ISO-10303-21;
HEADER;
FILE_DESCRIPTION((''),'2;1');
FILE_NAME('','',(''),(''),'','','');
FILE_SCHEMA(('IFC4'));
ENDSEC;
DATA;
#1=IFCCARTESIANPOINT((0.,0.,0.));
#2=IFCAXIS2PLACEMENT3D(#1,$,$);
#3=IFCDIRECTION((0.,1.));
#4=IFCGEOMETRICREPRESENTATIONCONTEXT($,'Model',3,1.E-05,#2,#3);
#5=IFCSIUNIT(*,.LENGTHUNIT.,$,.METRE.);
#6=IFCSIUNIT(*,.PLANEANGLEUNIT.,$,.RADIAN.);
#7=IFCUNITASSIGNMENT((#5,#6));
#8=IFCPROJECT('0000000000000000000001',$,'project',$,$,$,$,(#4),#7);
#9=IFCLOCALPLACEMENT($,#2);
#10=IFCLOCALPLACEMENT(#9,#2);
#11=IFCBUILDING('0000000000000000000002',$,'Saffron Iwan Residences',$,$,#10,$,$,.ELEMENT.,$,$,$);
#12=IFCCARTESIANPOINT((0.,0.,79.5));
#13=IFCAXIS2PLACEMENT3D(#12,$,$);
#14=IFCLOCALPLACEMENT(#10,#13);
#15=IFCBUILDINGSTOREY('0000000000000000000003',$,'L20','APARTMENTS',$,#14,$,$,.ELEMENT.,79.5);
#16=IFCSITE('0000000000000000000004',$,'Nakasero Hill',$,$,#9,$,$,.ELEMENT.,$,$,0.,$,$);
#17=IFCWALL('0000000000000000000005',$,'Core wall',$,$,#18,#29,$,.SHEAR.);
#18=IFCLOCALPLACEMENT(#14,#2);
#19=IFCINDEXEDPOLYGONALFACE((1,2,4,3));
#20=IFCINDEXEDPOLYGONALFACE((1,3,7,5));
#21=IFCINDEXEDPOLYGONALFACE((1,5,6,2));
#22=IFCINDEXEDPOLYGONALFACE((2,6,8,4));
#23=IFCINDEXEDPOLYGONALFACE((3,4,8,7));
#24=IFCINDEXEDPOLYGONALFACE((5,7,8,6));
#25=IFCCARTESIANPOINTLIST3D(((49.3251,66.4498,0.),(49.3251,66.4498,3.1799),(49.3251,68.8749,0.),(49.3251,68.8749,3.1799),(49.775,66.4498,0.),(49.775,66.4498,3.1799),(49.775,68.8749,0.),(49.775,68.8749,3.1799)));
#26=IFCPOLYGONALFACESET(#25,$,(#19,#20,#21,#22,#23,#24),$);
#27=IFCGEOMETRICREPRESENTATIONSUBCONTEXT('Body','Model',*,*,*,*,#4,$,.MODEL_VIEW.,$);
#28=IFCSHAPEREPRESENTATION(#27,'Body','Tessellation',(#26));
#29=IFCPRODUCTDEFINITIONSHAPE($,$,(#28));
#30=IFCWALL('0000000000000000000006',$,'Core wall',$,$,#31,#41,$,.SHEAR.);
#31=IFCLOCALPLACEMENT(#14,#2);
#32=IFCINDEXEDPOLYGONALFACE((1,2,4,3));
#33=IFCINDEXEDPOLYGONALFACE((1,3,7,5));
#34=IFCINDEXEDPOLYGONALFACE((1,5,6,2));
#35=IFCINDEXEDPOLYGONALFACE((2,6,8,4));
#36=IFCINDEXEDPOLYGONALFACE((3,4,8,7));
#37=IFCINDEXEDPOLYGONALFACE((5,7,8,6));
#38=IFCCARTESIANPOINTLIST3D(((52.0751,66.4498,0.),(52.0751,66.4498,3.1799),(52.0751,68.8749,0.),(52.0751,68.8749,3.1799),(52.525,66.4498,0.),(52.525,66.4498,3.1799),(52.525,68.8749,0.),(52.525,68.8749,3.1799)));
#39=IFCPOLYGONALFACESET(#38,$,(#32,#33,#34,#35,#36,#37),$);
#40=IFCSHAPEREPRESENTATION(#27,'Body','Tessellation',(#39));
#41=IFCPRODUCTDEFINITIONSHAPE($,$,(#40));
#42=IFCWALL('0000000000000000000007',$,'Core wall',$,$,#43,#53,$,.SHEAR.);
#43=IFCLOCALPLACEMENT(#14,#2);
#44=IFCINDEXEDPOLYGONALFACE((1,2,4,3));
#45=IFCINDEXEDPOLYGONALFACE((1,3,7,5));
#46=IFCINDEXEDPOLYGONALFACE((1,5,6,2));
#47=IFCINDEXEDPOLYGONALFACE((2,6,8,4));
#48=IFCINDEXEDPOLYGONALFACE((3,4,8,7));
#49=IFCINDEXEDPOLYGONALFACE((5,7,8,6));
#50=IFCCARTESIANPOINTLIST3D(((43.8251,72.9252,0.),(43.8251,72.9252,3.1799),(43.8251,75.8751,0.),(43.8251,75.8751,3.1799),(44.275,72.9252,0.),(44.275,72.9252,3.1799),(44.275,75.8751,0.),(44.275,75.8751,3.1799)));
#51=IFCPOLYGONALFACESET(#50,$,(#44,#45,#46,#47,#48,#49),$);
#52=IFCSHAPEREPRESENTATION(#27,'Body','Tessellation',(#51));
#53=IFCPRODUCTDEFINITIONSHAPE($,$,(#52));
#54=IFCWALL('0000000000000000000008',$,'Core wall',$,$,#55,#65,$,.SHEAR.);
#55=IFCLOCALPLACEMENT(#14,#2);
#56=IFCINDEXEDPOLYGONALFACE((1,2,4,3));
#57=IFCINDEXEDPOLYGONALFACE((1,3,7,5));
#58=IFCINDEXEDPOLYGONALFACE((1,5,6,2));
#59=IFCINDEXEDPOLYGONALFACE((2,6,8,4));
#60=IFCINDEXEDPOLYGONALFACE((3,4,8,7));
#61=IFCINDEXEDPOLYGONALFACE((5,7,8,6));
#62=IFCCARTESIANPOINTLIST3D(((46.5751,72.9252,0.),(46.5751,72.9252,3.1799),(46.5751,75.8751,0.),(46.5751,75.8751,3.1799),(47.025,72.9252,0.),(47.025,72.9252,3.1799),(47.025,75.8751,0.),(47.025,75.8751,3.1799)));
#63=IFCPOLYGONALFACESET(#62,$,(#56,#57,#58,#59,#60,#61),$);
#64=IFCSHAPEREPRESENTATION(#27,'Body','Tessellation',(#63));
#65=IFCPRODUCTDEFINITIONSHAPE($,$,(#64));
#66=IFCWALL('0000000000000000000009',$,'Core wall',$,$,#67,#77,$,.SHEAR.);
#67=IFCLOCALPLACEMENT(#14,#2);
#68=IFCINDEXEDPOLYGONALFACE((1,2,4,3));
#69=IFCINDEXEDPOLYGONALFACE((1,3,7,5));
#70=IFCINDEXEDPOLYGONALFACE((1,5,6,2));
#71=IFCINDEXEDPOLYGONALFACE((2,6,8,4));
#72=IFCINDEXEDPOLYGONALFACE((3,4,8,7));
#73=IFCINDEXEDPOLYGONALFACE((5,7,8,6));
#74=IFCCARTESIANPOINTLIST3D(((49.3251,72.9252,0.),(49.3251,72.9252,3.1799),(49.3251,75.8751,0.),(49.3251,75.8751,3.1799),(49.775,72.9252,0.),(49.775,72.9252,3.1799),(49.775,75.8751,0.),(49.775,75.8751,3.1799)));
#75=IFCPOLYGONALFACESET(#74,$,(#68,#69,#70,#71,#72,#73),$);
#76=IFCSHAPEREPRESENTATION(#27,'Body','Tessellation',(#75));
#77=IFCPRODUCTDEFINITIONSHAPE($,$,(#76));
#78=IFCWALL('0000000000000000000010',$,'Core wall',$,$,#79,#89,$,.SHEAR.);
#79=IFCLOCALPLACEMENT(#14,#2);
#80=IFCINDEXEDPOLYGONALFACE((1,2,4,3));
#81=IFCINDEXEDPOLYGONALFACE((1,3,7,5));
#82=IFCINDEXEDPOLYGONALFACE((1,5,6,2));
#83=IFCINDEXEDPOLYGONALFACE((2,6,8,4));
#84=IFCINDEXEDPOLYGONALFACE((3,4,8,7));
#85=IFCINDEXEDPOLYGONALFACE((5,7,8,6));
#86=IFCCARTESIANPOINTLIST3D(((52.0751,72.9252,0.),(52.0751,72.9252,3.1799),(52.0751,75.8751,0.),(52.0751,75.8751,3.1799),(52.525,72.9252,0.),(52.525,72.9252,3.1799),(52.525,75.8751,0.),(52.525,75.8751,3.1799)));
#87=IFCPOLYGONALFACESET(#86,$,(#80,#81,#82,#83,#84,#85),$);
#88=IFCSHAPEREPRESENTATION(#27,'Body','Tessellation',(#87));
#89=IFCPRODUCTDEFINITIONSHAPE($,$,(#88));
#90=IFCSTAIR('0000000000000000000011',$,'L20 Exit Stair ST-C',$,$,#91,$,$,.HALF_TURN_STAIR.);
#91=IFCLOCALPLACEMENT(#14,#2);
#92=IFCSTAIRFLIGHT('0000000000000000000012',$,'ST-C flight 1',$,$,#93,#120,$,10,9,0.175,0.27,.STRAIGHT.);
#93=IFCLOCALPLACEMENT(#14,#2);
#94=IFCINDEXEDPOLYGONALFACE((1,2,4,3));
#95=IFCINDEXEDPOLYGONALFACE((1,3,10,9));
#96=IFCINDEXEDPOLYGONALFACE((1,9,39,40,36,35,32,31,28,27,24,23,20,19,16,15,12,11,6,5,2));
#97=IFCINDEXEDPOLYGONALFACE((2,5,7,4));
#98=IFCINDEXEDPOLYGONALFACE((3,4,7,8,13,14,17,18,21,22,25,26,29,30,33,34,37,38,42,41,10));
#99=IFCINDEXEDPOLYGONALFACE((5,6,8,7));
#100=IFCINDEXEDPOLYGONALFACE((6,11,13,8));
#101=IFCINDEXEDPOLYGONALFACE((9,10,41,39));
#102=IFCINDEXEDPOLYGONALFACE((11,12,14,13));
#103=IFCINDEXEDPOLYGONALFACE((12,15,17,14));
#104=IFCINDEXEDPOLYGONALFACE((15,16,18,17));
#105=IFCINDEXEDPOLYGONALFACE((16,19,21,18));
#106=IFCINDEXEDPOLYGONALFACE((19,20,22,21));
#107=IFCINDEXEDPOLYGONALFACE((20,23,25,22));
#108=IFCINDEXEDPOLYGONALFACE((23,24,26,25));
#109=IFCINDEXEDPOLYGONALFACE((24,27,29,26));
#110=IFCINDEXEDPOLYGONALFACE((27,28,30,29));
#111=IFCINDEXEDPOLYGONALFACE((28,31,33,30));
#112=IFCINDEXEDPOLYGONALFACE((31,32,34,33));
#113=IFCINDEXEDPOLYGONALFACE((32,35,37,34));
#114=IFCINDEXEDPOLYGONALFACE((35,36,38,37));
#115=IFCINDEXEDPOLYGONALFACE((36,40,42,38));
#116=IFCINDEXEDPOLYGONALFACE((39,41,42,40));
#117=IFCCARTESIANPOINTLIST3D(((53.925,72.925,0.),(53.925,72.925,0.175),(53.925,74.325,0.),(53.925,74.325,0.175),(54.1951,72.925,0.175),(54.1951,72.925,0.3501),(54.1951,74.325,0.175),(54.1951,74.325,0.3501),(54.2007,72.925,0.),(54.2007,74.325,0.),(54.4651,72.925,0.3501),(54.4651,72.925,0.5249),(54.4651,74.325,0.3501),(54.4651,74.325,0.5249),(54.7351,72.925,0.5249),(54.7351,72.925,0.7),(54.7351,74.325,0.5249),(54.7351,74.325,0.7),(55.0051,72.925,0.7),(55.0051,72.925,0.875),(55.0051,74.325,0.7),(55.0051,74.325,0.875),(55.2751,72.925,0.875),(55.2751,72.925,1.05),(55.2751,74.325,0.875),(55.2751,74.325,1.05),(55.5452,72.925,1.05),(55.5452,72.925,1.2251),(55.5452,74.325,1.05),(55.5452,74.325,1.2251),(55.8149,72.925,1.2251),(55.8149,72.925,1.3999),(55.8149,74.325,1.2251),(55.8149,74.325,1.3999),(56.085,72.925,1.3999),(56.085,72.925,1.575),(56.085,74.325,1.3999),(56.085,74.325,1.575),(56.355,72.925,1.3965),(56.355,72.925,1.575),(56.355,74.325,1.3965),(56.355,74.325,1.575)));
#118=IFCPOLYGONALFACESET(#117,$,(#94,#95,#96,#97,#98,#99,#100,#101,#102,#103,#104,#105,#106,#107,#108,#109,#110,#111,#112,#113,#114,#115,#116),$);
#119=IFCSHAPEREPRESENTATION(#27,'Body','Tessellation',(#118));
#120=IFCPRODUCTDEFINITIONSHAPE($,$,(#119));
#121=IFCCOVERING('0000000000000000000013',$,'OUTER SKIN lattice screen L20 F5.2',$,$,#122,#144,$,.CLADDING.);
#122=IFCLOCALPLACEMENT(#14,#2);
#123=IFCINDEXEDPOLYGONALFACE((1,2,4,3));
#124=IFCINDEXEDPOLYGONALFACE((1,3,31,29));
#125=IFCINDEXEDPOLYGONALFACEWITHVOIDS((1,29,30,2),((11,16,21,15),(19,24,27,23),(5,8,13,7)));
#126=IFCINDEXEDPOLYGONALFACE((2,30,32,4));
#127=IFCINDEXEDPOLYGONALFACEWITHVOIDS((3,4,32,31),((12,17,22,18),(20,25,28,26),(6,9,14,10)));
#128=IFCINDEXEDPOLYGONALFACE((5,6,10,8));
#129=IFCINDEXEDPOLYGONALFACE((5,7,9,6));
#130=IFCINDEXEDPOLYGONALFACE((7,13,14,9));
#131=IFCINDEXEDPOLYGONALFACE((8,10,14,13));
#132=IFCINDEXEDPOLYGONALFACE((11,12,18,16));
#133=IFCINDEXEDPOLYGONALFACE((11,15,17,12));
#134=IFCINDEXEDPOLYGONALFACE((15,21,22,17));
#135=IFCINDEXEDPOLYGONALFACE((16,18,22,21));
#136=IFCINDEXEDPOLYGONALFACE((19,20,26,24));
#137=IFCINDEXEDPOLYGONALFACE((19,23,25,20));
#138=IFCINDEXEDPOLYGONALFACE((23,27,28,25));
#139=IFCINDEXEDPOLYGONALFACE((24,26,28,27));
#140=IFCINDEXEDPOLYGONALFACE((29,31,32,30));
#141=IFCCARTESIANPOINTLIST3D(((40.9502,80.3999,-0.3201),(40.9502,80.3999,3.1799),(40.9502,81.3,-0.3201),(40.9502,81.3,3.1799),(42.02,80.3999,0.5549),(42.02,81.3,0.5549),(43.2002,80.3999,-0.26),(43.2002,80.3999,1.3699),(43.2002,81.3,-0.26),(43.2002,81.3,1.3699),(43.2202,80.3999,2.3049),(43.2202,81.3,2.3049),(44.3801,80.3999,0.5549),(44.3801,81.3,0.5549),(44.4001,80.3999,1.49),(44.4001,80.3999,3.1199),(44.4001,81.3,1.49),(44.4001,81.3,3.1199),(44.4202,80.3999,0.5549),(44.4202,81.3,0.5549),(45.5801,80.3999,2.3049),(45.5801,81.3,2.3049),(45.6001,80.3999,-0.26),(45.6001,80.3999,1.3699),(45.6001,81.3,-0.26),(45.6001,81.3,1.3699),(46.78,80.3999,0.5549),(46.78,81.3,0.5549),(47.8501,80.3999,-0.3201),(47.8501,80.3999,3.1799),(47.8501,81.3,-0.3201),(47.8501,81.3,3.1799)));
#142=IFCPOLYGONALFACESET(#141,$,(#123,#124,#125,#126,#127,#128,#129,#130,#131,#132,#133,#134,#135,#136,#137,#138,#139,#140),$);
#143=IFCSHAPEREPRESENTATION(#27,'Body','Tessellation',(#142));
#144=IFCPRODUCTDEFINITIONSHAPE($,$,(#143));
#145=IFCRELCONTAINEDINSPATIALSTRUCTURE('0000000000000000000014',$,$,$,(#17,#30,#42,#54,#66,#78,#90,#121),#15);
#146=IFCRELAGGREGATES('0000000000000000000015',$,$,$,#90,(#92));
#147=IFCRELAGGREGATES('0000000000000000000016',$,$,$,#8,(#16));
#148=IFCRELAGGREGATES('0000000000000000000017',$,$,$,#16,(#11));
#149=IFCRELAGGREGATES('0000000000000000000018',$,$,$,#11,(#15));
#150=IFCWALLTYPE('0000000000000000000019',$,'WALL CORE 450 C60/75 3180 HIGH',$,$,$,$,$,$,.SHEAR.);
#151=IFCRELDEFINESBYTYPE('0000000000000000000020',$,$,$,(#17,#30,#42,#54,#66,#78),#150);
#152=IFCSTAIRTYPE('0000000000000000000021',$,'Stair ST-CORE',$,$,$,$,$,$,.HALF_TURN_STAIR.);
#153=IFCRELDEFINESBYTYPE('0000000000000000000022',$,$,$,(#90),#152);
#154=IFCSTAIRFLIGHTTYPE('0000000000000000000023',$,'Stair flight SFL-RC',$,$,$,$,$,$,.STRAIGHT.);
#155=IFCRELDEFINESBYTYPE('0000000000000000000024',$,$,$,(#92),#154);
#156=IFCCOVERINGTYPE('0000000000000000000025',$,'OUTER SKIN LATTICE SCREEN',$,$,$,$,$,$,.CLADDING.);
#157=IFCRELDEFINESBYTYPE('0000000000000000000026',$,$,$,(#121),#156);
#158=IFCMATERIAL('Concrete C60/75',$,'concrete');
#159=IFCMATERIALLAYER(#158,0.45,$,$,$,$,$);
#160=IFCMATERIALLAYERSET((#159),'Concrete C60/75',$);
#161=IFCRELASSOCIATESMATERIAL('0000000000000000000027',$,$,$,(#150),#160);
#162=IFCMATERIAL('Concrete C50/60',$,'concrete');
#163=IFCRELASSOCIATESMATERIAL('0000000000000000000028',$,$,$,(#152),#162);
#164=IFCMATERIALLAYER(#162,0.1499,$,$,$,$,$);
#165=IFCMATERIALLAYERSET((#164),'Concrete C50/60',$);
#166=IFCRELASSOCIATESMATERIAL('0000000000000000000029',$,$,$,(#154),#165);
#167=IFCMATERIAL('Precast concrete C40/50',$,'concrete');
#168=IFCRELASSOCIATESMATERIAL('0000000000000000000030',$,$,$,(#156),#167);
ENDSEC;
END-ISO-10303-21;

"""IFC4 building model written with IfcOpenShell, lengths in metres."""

from ifc_helpers import new_model, si_unit, direction, frame, frame_2d, origin, place, context, subcontext, project, spatial, polyline, rectangle, outline, extrude, material, layer, layer_set, type_object, element, aggregate, save


model = new_model("IFC4")

# Units and contexts
model_context = context("Model", 3, precision=1e-05, world=origin(), true_north=direction((0.0, 1.0)))
body_context = subcontext(model_context, "Body", "Model", "MODEL_VIEW")
ifc_project = project(units=[si_unit("LENGTHUNIT", "METRE"), si_unit("PLANEANGLEUNIT", "RADIAN")], contexts=[model_context])

# Site, building, storey
site_placement = place(None, origin())
site = spatial("IfcSite", under=ifc_project, at=site_placement, Name="Nakasero Hill", CompositionType="ELEMENT", RefElevation=0.0)
building_placement = place(site_placement, origin())
building = spatial("IfcBuilding", under=site, at=building_placement, Name="Saffron Iwan Residences", CompositionType="ELEMENT")
storey_placement = place(building_placement, frame((0.0, 0.0, 79.5)))
storey = spatial("IfcBuildingStorey", under=building, at=storey_placement, Name="L20", Description="APARTMENTS", CompositionType="ELEMENT", Elevation=79.5)

# Shared definitions
ifc_material_1 = material(Name="Concrete C60/75", Category="concrete")

# Walls
ifc_layer_1 = layer(ifc_material_1, 0.45)
ifc_layer_set_1 = layer_set([ifc_layer_1], Name="Concrete C60/75")
wall_type_1 = type_object("IfcWallType", Name="WALL CORE 450 C60/75 3180 HIGH", PredefinedType="SHEAR", material=ifc_layer_set_1)
for number, where, z_axis, x_axis, name in (
    (1, (49.55, 66.45, 0.0), (0.0, 0.0, 1.0), (0.0, 1.0, 0.0), "Core wall"),
    (2, (52.3, 66.45, 0.0), (0.0, 0.0, 1.0), (0.0, 1.0, 0.0), "Core wall"),
):
    element("IfcWall", number, at=place(storey_placement, frame(where, z_axis=z_axis, x_axis=x_axis)), inside=storey, type_object=wall_type_1, Name=name, PredefinedType="SHEAR", context=body_context, shape_type="SweptSolid", body=[
        extrude(rectangle(XDim=2.425, YDim=0.45, at=frame_2d((1.2124, 0.0))), origin(), (0.0, 0.0, 1.0), 3.1799),
    ])
for number, where, z_axis, x_axis, name in (
    (3, (44.05, 72.925, 0.0), (0.0, 0.0, 1.0), (0.0, 1.0, 0.0), "Core wall"),
    (4, (46.8, 72.925, 0.0), (0.0, 0.0, 1.0), (0.0, 1.0, 0.0), "Core wall"),
    (5, (49.55, 72.925, 0.0), (0.0, 0.0, 1.0), (0.0, 1.0, 0.0), "Core wall"),
    (6, (52.3, 72.925, 0.0), (0.0, 0.0, 1.0), (0.0, 1.0, 0.0), "Core wall"),
):
    element("IfcWall", number, at=place(storey_placement, frame(where, z_axis=z_axis, x_axis=x_axis)), inside=storey, type_object=wall_type_1, Name=name, PredefinedType="SHEAR", context=body_context, shape_type="SweptSolid", body=[
        extrude(rectangle(XDim=2.95, YDim=0.45, at=frame_2d((1.4751, 0.0))), origin(), (0.0, 0.0, 1.0), 3.1799),
    ])

# Stair, stair flight
ifc_material_2 = material(Name="Concrete C50/60", Category="concrete")
stair_type = type_object("IfcStairType", Name="Stair ST-CORE", PredefinedType="HALF_TURN_STAIR", material=ifc_material_2)
stair_placement = place(storey_placement, origin())
stair = element("IfcStair", 7, at=stair_placement, inside=storey, type_object=stair_type, Name="L20 Exit Stair ST-C", PredefinedType="HALF_TURN_STAIR")
ifc_layer_2 = layer(ifc_material_2, 0.1499)
ifc_layer_set_2 = layer_set([ifc_layer_2], Name="Concrete C50/60")
stair_flight_type = type_object("IfcStairFlightType", Name="Stair flight SFL-RC", PredefinedType="STRAIGHT", material=ifc_layer_set_2)
stair_flight_placement = place(storey_placement, frame((53.925, 73.625, 0.0), z_axis=(0.0, 0.0, 1.0), x_axis=(1.0, 0.0, 0.0)))
stair_flight = element("IfcStairFlight", 8, at=stair_flight_placement, type_object=stair_flight_type, Name="ST-C flight 1", NumberOfRisers=10, NumberOfTreads=9, PredefinedType="STRAIGHT", RiserHeight=0.175, TreadLength=0.27, context=body_context, shape_type="SweptSolid", body=[
    extrude(outline(polyline([(0.0, 0.0), (0.0, 0.175), (0.27, 0.175), (0.27, 0.3501), (0.54, 0.3501), (0.54, 0.5249), (0.8101, 0.5249), (0.8101, 0.7), (1.0801, 0.7), (1.0801, 0.875), (1.3501, 0.875), (1.3501, 1.05), (1.6201, 1.05), (1.6201, 1.2251), (1.8899, 1.2251), (1.8899, 1.3999), (2.1599, 1.3999), (2.1599, 1.575), (2.4299, 1.575), (2.4299, 1.75), (2.4299, 1.3965), (0.2756, 0.0), (0.0, 0.0)])), frame((0.0, 0.7, 0.0), z_axis=(0.0, -1.0, 0.0), x_axis=(1.0, 0.0, 0.0)), (0.0, 0.0, 1.0), 1.3999),
])
aggregate(stair, [stair_flight])

# Covering
ifc_material_3 = material(Name="Precast concrete C40/50", Category="concrete")
covering_type_1 = type_object("IfcCoveringType", Name="OUTER SKIN LATTICE SCREEN", PredefinedType="CLADDING", material=ifc_material_3)
covering_placement = place(storey_placement, frame((47.8501, 80.3999, -0.3201), z_axis=(0.0, 1.0, 0.0), x_axis=(-1.0, 0.0, 0.0)))
element("IfcCovering", 9, at=covering_placement, inside=storey, type_object=covering_type_1, Name="OUTER SKIN lattice screen L20 F5.2", PredefinedType="CLADDING", context=body_context, shape_type="SweptSolid", body=[
    extrude(outline(polyline([(0.0, 0.0), (6.8999, 0.0), (6.8999, 3.5), (0.0, 3.5), (0.0, 0.0)]), holes=[polyline([(1.0701, 0.875), (2.25, 0.0601), (3.4299, 0.875), (2.25, 1.6899), (1.0701, 0.875)]), polyline([(3.47, 0.875), (4.6499, 0.0601), (5.8301, 0.875), (4.6499, 1.6899), (3.47, 0.875)]), polyline([(2.27, 2.625), (3.45, 1.8101), (4.6299, 2.625), (3.45, 3.4399), (2.27, 2.625)])]), origin(), (0.0, 0.0, 1.0), 0.9001),
])

save(model, "model.ifc")
